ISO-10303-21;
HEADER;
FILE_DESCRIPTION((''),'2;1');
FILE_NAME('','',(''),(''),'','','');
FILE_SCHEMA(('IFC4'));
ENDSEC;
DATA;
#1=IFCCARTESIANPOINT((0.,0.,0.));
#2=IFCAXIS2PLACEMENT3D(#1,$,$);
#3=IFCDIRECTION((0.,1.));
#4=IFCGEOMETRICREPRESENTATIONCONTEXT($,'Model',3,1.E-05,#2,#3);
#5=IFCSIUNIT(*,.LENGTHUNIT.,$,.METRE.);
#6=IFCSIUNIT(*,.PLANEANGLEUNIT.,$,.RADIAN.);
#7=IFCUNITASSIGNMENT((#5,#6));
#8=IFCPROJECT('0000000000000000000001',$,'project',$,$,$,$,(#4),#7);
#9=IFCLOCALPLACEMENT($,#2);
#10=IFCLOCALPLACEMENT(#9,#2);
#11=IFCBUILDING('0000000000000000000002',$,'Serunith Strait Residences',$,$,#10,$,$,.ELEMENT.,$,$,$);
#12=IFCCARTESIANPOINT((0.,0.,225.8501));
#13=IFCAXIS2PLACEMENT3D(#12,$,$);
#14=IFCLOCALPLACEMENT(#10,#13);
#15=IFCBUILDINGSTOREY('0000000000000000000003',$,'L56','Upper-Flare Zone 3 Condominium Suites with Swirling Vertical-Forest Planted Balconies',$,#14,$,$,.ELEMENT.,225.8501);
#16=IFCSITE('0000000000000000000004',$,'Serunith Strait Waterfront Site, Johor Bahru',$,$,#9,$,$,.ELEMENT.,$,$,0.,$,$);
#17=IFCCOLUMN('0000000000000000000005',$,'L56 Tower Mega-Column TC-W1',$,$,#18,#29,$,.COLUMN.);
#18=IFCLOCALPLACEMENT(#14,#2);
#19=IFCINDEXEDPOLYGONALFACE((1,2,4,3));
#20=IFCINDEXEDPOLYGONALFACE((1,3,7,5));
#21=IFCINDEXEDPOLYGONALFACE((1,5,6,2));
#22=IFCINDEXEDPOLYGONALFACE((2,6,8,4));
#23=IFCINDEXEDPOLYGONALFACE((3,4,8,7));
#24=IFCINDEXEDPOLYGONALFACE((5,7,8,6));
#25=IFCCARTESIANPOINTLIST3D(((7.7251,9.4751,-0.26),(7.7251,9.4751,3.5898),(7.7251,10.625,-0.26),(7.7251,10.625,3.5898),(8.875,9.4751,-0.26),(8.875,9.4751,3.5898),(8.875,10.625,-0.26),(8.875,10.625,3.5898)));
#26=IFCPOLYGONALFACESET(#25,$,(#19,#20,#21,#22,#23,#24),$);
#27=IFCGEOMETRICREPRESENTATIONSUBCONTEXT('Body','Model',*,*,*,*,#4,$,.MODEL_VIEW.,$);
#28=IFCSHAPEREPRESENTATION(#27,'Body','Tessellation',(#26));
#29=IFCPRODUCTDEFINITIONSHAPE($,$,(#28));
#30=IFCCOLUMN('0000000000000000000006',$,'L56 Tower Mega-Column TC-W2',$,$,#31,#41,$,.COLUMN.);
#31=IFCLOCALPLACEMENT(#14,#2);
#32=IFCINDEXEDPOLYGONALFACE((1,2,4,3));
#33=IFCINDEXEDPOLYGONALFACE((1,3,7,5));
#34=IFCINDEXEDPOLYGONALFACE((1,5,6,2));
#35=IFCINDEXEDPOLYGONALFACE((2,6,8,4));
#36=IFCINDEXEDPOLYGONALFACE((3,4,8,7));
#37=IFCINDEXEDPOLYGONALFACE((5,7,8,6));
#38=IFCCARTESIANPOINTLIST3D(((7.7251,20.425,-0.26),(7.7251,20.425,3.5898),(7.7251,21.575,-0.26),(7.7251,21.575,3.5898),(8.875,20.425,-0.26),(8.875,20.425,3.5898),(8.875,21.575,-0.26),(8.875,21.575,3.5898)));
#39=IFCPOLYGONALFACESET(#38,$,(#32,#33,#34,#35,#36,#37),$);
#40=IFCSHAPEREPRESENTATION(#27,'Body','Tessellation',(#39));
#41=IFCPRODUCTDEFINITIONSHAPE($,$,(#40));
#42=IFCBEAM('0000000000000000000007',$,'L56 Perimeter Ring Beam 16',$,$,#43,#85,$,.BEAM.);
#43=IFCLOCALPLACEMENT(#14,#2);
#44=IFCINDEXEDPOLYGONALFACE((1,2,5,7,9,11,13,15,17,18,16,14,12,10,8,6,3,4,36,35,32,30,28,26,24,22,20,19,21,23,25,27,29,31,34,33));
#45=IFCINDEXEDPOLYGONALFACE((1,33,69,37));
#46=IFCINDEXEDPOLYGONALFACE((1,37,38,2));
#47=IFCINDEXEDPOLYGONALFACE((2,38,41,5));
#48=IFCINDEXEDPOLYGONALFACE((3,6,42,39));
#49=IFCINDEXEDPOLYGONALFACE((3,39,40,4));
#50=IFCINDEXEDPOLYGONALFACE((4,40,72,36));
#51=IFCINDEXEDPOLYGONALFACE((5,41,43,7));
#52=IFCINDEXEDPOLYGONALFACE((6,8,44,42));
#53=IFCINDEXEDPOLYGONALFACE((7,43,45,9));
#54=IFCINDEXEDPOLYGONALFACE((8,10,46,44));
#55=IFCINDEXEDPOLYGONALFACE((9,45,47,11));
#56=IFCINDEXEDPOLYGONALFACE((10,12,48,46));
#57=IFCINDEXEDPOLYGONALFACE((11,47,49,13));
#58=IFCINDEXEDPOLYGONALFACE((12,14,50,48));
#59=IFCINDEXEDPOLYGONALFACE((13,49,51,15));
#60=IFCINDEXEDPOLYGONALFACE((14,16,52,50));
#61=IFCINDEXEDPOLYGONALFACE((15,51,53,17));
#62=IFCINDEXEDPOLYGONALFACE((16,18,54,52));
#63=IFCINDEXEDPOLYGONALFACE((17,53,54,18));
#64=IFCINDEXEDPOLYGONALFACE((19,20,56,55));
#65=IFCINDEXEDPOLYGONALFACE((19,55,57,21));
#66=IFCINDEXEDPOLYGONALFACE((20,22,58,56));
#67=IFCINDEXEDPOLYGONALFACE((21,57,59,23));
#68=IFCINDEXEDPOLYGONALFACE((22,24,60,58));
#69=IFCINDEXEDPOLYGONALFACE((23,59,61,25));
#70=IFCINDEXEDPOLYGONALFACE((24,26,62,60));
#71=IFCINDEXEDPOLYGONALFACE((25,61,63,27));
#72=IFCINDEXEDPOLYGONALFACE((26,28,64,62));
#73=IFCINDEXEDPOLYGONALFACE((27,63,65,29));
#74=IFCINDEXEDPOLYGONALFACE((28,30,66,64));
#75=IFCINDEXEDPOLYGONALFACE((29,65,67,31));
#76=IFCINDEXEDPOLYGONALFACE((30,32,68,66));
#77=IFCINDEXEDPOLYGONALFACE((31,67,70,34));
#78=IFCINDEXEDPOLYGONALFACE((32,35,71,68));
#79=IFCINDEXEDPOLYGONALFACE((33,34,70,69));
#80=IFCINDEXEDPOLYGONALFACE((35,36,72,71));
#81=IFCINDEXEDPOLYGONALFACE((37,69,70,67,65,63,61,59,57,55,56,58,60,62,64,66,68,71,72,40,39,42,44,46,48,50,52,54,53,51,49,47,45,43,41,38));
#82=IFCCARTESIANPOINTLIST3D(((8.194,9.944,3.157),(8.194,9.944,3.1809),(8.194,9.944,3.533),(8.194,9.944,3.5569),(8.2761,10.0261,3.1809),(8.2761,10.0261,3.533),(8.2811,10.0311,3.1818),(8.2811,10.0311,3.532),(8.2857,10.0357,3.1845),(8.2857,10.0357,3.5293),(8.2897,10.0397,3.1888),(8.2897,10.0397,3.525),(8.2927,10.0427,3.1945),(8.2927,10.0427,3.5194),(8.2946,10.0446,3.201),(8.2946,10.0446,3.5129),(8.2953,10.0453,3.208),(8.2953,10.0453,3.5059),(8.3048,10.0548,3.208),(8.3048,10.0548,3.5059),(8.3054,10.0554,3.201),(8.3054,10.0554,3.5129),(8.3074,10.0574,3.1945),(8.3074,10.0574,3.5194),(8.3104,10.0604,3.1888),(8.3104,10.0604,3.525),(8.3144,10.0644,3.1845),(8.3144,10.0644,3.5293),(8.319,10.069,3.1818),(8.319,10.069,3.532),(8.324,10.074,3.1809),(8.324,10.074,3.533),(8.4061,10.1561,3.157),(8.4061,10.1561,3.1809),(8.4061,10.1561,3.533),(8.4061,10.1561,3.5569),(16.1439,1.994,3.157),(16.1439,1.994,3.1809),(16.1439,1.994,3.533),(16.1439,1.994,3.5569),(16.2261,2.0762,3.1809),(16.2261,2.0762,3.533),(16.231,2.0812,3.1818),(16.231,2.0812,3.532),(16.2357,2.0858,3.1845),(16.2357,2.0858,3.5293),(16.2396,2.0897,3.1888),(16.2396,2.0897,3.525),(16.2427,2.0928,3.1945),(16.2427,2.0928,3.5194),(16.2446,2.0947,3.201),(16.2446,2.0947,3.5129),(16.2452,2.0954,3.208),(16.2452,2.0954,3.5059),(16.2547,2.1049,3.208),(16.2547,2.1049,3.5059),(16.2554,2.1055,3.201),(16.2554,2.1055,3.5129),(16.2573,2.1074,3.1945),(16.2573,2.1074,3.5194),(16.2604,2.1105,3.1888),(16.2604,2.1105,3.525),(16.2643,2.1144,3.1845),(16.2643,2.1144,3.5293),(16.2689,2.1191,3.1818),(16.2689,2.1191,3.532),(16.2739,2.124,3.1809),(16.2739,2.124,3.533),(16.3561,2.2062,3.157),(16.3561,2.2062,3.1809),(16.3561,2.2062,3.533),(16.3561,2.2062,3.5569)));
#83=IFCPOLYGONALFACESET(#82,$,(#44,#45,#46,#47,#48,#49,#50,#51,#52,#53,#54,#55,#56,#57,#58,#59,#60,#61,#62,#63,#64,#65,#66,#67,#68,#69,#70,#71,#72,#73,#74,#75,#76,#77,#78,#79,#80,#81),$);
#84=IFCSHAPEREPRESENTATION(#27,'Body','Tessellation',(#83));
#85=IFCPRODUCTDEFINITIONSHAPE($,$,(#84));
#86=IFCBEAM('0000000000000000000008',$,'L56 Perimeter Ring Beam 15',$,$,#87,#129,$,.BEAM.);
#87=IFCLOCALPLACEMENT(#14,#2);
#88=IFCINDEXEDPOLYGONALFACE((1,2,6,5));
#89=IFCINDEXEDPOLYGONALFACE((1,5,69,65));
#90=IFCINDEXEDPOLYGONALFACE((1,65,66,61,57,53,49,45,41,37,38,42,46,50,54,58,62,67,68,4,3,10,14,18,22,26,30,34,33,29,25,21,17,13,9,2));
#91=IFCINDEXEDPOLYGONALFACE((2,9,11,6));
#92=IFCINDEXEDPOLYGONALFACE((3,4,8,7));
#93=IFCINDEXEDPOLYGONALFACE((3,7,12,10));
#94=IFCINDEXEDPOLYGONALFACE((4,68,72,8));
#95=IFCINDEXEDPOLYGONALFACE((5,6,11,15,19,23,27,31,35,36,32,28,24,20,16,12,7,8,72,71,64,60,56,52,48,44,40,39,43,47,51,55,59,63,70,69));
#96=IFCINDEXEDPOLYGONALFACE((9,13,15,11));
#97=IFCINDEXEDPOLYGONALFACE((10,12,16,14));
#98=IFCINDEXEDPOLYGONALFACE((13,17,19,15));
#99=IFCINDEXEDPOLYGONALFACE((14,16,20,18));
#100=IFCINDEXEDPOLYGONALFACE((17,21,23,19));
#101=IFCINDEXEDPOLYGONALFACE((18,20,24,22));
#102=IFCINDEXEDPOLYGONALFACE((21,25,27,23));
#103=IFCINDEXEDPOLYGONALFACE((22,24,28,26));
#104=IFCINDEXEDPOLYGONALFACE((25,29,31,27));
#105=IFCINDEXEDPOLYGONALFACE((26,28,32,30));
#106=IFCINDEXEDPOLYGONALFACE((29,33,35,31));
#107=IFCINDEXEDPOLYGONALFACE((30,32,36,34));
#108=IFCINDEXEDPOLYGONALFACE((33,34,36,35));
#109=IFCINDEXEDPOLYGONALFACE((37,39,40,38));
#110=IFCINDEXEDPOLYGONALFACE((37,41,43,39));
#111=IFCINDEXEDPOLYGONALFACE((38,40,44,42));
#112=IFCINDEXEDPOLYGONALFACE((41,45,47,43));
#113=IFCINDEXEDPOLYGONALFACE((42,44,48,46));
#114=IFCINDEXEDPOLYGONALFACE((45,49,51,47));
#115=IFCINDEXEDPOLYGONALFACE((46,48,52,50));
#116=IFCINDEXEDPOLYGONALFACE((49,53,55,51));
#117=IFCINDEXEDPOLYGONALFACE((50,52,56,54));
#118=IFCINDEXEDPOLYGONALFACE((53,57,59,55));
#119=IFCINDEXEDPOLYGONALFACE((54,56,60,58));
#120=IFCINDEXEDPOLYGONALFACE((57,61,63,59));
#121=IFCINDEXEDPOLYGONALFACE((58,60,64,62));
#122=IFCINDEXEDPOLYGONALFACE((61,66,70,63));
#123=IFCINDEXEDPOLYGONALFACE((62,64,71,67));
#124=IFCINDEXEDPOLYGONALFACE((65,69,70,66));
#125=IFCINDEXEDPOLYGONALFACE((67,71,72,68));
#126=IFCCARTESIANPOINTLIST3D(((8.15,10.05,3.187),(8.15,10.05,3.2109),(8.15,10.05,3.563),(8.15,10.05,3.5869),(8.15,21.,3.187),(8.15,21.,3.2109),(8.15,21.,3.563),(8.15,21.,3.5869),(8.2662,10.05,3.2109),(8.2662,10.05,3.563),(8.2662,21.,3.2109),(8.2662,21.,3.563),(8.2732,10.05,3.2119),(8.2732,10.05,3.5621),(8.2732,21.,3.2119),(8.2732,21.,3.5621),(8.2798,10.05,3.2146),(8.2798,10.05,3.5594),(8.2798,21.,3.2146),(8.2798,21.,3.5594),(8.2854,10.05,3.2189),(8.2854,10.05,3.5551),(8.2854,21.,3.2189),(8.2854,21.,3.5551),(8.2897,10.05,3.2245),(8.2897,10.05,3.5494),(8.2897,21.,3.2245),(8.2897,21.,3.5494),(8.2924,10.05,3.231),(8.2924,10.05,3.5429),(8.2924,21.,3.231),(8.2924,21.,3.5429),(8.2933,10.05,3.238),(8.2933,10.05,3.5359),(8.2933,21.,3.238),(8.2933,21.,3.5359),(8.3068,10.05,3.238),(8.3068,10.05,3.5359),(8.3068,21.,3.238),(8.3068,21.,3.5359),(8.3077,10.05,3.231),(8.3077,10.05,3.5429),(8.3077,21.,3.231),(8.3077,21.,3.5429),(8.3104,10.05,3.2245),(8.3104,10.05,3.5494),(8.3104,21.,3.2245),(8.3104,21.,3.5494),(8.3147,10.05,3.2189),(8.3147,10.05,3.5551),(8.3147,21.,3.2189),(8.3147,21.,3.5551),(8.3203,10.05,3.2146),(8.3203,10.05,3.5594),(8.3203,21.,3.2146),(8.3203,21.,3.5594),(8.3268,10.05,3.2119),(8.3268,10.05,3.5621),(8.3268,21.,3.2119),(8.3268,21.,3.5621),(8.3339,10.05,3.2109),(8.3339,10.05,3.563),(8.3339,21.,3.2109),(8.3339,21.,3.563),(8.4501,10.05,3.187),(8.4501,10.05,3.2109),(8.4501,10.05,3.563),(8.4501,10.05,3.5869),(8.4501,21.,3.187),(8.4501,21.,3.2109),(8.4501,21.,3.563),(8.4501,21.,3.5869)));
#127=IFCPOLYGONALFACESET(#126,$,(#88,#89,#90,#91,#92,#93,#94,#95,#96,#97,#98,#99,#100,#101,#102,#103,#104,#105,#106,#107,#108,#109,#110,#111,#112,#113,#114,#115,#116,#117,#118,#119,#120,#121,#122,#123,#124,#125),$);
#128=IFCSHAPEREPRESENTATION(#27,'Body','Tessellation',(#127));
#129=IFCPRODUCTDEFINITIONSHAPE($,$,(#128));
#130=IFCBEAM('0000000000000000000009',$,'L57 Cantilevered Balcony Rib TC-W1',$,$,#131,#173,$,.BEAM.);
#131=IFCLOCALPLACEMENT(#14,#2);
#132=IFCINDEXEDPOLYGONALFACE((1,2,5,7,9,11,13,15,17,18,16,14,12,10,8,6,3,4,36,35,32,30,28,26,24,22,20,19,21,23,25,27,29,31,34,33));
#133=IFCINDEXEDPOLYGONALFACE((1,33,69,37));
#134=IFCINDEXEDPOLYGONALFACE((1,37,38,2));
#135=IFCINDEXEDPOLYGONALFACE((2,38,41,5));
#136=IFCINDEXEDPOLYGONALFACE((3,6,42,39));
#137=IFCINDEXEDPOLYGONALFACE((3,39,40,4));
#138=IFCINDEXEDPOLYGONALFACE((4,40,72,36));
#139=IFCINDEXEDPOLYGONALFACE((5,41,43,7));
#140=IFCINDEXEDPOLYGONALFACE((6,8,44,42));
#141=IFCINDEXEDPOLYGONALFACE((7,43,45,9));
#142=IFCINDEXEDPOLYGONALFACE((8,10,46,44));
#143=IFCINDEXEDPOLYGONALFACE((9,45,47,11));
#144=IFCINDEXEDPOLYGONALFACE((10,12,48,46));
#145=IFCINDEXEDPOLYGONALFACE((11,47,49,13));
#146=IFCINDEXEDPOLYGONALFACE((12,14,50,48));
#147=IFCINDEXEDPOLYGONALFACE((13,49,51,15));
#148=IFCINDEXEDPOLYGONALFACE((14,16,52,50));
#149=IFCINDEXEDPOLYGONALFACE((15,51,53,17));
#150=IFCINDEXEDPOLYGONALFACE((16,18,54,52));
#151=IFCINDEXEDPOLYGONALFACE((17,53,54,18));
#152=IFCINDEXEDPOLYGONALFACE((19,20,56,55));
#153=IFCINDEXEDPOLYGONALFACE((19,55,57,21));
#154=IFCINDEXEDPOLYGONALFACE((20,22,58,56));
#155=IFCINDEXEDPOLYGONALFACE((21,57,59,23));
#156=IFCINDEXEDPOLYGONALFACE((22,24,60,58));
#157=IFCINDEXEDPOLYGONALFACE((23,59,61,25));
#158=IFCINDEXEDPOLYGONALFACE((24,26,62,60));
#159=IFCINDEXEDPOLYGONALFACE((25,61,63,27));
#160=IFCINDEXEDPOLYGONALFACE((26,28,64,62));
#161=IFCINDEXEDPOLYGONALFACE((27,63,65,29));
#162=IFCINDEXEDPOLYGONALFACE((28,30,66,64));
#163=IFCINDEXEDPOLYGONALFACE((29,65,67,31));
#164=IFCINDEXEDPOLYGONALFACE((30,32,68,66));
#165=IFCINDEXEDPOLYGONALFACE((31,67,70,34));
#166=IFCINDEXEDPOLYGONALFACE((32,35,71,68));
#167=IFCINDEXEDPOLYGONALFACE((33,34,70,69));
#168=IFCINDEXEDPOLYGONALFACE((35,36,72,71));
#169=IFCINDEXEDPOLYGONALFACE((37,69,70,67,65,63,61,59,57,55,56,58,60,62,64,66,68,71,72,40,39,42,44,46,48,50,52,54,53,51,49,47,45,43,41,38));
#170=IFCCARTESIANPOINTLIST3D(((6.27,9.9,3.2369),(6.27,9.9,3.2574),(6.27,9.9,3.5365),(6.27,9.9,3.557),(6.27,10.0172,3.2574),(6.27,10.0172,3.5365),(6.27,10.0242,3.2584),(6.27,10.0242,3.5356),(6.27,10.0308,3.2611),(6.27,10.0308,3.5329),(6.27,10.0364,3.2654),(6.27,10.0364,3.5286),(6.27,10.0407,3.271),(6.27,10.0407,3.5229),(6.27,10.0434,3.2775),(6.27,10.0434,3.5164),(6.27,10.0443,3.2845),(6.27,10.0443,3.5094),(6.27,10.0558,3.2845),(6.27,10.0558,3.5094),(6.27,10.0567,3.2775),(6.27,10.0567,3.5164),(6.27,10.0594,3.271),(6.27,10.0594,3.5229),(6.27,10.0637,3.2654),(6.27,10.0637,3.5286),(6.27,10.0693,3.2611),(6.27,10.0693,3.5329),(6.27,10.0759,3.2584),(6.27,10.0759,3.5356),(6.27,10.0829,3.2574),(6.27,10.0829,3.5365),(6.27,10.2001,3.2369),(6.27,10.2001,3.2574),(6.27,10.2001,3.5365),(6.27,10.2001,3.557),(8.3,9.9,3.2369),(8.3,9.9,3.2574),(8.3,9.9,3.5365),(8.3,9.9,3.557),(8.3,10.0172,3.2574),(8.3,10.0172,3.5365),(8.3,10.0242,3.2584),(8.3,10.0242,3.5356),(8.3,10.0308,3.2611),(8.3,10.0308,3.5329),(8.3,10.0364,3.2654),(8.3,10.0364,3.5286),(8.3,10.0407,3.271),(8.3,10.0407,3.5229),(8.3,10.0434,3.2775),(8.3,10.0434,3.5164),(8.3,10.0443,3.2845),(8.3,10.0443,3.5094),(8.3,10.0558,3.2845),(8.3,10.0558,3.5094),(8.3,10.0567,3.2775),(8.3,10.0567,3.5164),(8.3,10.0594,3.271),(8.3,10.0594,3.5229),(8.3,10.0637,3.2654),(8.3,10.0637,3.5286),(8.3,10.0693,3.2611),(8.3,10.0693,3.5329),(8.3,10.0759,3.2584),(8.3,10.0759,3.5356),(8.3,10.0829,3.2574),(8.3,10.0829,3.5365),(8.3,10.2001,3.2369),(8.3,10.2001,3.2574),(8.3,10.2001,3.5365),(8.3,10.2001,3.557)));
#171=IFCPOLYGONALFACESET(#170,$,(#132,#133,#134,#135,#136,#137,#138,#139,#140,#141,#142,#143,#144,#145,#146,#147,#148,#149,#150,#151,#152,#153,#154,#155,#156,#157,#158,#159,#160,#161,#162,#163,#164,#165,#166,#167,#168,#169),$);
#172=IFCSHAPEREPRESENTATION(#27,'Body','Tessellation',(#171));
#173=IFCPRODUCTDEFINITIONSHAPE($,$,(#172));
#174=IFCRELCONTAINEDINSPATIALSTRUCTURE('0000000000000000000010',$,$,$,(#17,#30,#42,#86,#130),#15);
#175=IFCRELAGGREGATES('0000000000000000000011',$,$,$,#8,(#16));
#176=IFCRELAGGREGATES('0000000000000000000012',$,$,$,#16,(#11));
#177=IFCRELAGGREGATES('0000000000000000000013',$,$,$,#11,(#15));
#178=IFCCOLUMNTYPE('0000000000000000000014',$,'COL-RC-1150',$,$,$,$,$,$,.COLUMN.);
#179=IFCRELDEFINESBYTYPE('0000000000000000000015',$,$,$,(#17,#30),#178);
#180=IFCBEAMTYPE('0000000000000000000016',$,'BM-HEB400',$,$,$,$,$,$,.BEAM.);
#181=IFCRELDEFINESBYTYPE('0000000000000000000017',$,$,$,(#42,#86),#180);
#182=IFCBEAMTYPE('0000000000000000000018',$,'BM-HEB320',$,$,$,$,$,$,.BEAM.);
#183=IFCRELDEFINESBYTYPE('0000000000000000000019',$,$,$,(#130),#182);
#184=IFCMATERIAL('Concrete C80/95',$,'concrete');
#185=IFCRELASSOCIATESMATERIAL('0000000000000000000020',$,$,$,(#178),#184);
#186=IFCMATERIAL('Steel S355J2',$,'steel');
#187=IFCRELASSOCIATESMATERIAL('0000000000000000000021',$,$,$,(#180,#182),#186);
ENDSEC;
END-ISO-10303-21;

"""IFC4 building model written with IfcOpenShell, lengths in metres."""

from ifc_helpers import new_model, si_unit, direction, frame, origin, origin_2d, place, context, subcontext, project, spatial, rectangle, i_section, extrude, source, transform, mapped, material, material_profile, profile_set, type_object, element, save


model = new_model("IFC4")

# Units and contexts
model_context = context("Model", 3, precision=1e-05, world=origin(), true_north=direction((0.0, 1.0)))
body_context = subcontext(model_context, "Body", "Model", "MODEL_VIEW")
ifc_project = project(units=[si_unit("LENGTHUNIT", "METRE"), si_unit("PLANEANGLEUNIT", "RADIAN")], contexts=[model_context])

# Site, building, storey
site_placement = place(None, origin())
site = spatial("IfcSite", under=ifc_project, at=site_placement, Name="Serunith Strait Waterfront Site, Johor Bahru", CompositionType="ELEMENT", RefElevation=0.0)
building_placement = place(site_placement, origin())
building = spatial("IfcBuilding", under=site, at=building_placement, Name="Serunith Strait Residences", CompositionType="ELEMENT")
storey_placement = place(building_placement, frame((0.0, 0.0, 225.8501)))
storey = spatial("IfcBuildingStorey", under=building, at=storey_placement, Name="L56", Description="Upper-Flare Zone 3 Condominium Suites with Swirling Vertical-Forest Planted Balconies", CompositionType="ELEMENT", Elevation=225.8501)

# Columns
ifc_material_1 = material(Name="Concrete C80/95", Category="concrete")
ifc_material_profile_1 = material_profile(ifc_material_1, rectangle(XDim=1.1499, YDim=1.1499, at=origin_2d()), Name="RC 1150x1150")
ifc_profile_set_1 = profile_set([ifc_material_profile_1], Name="Concrete C80/95")
column_type = type_object("IfcColumnType", Name="COL-RC-1150", PredefinedType="COLUMN", material=ifc_profile_set_1)
shared_shape_1 = source(origin(), body_context, "Body", "SweptSolid", [
    extrude(rectangle(XDim=1.1499, YDim=1.1499, at=origin_2d()), origin(), (0.0, 0.0, 1.0), 3.8499),
])
for number, where, z_axis, x_axis, name in (
    (1, (8.3, 10.05, -0.26), (0.0, 0.0, 1.0), (1.0, 0.0, 0.0), "L56 Tower Mega-Column TC-W1"),
    (2, (8.3, 21.0, -0.26), (0.0, 0.0, 1.0), (1.0, 0.0, 0.0), "L56 Tower Mega-Column TC-W2"),
):
    element("IfcColumn", number, at=place(storey_placement, frame(where, z_axis=z_axis, x_axis=x_axis)), inside=storey, type_object=column_type, Name=name, PredefinedType="COLUMN", context=body_context, shape_type="MappedRepresentation", body=[
        mapped(shared_shape_1, transform((0.0, 0.0, 0.0), scale=1.0)),
    ])

# Beams
ifc_material_2 = material(Name="Steel S355J2", Category="steel")
ifc_material_profile_2 = material_profile(ifc_material_2, i_section(OverallWidth=0.3, OverallDepth=0.3999, WebThickness=0.0134, FlangeThickness=0.0239, FilletRadius=0.0271, at=origin_2d()), Name="HEB 400")
ifc_profile_set_2 = profile_set([ifc_material_profile_2], Name="Steel S355J2")
beam_type_1 = type_object("IfcBeamType", Name="BM-HEB400", PredefinedType="BEAM", material=ifc_profile_set_2)
shared_shape_2 = source(origin(), body_context, "Body", "SweptSolid", [
    extrude(i_section(OverallWidth=0.3, OverallDepth=0.3999, WebThickness=0.0134, FlangeThickness=0.0239, FilletRadius=0.0271, at=origin_2d()), origin(), (0.0, 0.0, 1.0), 11.2429),
])
beam_1_placement = place(storey_placement, frame((8.3, 10.05, 3.3569), z_axis=(0.707107, -0.707107, 0.0), x_axis=(0.707107, 0.707107, 0.0)))
element("IfcBeam", 3, at=beam_1_placement, inside=storey, type_object=beam_type_1, Name="L56 Perimeter Ring Beam 16", PredefinedType="BEAM", context=body_context, shape_type="MappedRepresentation", body=[
    mapped(shared_shape_2, transform((0.0, 0.0, 0.0), scale=1.0)),
])
shared_shape_3 = source(origin(), body_context, "Body", "SweptSolid", [
    extrude(i_section(OverallWidth=0.3, OverallDepth=0.3999, WebThickness=0.0134, FlangeThickness=0.0239, FilletRadius=0.0271, at=origin_2d()), origin(), (0.0, 0.0, 1.0), 10.95),
])
beam_2_placement = place(storey_placement, frame((8.3, 21.0, 3.387), z_axis=(0.0, -1.0, 0.0), x_axis=(1.0, 0.0, 0.0)))
element("IfcBeam", 4, at=beam_2_placement, inside=storey, type_object=beam_type_1, Name="L56 Perimeter Ring Beam 15", PredefinedType="BEAM", context=body_context, shape_type="MappedRepresentation", body=[
    mapped(shared_shape_3, transform((0.0, 0.0, 0.0), scale=1.0)),
])
ifc_material_profile_3 = material_profile(ifc_material_2, i_section(OverallWidth=0.3, OverallDepth=0.3201, WebThickness=0.0115, FlangeThickness=0.0205, FilletRadius=0.0271, at=origin_2d()), Name="HEB 320")
ifc_profile_set_3 = profile_set([ifc_material_profile_3], Name="Steel S355J2")
beam_type_2 = type_object("IfcBeamType", Name="BM-HEB320", PredefinedType="BEAM", material=ifc_profile_set_3)
shared_shape_4 = source(origin(), body_context, "Body", "SweptSolid", [
    extrude(i_section(OverallWidth=0.3, OverallDepth=0.3201, WebThickness=0.0115, FlangeThickness=0.0205, FilletRadius=0.0271, at=origin_2d()), origin(), (0.0, 0.0, 1.0), 2.03),
])
for number, where, z_axis, x_axis, name in (
    (5, (8.3, 10.05, 3.397), (-1.0, 0.0, 0.0), (0.0, -1.0, 0.0), "L57 Cantilevered Balcony Rib TC-W1"),
):
    element("IfcBeam", number, at=place(storey_placement, frame(where, z_axis=z_axis, x_axis=x_axis)), inside=storey, type_object=beam_type_2, Name=name, PredefinedType="BEAM", context=body_context, shape_type="MappedRepresentation", body=[
        mapped(shared_shape_4, transform((0.0, 0.0, 0.0), scale=1.0)),
    ])

save(model, "model.ifc")
